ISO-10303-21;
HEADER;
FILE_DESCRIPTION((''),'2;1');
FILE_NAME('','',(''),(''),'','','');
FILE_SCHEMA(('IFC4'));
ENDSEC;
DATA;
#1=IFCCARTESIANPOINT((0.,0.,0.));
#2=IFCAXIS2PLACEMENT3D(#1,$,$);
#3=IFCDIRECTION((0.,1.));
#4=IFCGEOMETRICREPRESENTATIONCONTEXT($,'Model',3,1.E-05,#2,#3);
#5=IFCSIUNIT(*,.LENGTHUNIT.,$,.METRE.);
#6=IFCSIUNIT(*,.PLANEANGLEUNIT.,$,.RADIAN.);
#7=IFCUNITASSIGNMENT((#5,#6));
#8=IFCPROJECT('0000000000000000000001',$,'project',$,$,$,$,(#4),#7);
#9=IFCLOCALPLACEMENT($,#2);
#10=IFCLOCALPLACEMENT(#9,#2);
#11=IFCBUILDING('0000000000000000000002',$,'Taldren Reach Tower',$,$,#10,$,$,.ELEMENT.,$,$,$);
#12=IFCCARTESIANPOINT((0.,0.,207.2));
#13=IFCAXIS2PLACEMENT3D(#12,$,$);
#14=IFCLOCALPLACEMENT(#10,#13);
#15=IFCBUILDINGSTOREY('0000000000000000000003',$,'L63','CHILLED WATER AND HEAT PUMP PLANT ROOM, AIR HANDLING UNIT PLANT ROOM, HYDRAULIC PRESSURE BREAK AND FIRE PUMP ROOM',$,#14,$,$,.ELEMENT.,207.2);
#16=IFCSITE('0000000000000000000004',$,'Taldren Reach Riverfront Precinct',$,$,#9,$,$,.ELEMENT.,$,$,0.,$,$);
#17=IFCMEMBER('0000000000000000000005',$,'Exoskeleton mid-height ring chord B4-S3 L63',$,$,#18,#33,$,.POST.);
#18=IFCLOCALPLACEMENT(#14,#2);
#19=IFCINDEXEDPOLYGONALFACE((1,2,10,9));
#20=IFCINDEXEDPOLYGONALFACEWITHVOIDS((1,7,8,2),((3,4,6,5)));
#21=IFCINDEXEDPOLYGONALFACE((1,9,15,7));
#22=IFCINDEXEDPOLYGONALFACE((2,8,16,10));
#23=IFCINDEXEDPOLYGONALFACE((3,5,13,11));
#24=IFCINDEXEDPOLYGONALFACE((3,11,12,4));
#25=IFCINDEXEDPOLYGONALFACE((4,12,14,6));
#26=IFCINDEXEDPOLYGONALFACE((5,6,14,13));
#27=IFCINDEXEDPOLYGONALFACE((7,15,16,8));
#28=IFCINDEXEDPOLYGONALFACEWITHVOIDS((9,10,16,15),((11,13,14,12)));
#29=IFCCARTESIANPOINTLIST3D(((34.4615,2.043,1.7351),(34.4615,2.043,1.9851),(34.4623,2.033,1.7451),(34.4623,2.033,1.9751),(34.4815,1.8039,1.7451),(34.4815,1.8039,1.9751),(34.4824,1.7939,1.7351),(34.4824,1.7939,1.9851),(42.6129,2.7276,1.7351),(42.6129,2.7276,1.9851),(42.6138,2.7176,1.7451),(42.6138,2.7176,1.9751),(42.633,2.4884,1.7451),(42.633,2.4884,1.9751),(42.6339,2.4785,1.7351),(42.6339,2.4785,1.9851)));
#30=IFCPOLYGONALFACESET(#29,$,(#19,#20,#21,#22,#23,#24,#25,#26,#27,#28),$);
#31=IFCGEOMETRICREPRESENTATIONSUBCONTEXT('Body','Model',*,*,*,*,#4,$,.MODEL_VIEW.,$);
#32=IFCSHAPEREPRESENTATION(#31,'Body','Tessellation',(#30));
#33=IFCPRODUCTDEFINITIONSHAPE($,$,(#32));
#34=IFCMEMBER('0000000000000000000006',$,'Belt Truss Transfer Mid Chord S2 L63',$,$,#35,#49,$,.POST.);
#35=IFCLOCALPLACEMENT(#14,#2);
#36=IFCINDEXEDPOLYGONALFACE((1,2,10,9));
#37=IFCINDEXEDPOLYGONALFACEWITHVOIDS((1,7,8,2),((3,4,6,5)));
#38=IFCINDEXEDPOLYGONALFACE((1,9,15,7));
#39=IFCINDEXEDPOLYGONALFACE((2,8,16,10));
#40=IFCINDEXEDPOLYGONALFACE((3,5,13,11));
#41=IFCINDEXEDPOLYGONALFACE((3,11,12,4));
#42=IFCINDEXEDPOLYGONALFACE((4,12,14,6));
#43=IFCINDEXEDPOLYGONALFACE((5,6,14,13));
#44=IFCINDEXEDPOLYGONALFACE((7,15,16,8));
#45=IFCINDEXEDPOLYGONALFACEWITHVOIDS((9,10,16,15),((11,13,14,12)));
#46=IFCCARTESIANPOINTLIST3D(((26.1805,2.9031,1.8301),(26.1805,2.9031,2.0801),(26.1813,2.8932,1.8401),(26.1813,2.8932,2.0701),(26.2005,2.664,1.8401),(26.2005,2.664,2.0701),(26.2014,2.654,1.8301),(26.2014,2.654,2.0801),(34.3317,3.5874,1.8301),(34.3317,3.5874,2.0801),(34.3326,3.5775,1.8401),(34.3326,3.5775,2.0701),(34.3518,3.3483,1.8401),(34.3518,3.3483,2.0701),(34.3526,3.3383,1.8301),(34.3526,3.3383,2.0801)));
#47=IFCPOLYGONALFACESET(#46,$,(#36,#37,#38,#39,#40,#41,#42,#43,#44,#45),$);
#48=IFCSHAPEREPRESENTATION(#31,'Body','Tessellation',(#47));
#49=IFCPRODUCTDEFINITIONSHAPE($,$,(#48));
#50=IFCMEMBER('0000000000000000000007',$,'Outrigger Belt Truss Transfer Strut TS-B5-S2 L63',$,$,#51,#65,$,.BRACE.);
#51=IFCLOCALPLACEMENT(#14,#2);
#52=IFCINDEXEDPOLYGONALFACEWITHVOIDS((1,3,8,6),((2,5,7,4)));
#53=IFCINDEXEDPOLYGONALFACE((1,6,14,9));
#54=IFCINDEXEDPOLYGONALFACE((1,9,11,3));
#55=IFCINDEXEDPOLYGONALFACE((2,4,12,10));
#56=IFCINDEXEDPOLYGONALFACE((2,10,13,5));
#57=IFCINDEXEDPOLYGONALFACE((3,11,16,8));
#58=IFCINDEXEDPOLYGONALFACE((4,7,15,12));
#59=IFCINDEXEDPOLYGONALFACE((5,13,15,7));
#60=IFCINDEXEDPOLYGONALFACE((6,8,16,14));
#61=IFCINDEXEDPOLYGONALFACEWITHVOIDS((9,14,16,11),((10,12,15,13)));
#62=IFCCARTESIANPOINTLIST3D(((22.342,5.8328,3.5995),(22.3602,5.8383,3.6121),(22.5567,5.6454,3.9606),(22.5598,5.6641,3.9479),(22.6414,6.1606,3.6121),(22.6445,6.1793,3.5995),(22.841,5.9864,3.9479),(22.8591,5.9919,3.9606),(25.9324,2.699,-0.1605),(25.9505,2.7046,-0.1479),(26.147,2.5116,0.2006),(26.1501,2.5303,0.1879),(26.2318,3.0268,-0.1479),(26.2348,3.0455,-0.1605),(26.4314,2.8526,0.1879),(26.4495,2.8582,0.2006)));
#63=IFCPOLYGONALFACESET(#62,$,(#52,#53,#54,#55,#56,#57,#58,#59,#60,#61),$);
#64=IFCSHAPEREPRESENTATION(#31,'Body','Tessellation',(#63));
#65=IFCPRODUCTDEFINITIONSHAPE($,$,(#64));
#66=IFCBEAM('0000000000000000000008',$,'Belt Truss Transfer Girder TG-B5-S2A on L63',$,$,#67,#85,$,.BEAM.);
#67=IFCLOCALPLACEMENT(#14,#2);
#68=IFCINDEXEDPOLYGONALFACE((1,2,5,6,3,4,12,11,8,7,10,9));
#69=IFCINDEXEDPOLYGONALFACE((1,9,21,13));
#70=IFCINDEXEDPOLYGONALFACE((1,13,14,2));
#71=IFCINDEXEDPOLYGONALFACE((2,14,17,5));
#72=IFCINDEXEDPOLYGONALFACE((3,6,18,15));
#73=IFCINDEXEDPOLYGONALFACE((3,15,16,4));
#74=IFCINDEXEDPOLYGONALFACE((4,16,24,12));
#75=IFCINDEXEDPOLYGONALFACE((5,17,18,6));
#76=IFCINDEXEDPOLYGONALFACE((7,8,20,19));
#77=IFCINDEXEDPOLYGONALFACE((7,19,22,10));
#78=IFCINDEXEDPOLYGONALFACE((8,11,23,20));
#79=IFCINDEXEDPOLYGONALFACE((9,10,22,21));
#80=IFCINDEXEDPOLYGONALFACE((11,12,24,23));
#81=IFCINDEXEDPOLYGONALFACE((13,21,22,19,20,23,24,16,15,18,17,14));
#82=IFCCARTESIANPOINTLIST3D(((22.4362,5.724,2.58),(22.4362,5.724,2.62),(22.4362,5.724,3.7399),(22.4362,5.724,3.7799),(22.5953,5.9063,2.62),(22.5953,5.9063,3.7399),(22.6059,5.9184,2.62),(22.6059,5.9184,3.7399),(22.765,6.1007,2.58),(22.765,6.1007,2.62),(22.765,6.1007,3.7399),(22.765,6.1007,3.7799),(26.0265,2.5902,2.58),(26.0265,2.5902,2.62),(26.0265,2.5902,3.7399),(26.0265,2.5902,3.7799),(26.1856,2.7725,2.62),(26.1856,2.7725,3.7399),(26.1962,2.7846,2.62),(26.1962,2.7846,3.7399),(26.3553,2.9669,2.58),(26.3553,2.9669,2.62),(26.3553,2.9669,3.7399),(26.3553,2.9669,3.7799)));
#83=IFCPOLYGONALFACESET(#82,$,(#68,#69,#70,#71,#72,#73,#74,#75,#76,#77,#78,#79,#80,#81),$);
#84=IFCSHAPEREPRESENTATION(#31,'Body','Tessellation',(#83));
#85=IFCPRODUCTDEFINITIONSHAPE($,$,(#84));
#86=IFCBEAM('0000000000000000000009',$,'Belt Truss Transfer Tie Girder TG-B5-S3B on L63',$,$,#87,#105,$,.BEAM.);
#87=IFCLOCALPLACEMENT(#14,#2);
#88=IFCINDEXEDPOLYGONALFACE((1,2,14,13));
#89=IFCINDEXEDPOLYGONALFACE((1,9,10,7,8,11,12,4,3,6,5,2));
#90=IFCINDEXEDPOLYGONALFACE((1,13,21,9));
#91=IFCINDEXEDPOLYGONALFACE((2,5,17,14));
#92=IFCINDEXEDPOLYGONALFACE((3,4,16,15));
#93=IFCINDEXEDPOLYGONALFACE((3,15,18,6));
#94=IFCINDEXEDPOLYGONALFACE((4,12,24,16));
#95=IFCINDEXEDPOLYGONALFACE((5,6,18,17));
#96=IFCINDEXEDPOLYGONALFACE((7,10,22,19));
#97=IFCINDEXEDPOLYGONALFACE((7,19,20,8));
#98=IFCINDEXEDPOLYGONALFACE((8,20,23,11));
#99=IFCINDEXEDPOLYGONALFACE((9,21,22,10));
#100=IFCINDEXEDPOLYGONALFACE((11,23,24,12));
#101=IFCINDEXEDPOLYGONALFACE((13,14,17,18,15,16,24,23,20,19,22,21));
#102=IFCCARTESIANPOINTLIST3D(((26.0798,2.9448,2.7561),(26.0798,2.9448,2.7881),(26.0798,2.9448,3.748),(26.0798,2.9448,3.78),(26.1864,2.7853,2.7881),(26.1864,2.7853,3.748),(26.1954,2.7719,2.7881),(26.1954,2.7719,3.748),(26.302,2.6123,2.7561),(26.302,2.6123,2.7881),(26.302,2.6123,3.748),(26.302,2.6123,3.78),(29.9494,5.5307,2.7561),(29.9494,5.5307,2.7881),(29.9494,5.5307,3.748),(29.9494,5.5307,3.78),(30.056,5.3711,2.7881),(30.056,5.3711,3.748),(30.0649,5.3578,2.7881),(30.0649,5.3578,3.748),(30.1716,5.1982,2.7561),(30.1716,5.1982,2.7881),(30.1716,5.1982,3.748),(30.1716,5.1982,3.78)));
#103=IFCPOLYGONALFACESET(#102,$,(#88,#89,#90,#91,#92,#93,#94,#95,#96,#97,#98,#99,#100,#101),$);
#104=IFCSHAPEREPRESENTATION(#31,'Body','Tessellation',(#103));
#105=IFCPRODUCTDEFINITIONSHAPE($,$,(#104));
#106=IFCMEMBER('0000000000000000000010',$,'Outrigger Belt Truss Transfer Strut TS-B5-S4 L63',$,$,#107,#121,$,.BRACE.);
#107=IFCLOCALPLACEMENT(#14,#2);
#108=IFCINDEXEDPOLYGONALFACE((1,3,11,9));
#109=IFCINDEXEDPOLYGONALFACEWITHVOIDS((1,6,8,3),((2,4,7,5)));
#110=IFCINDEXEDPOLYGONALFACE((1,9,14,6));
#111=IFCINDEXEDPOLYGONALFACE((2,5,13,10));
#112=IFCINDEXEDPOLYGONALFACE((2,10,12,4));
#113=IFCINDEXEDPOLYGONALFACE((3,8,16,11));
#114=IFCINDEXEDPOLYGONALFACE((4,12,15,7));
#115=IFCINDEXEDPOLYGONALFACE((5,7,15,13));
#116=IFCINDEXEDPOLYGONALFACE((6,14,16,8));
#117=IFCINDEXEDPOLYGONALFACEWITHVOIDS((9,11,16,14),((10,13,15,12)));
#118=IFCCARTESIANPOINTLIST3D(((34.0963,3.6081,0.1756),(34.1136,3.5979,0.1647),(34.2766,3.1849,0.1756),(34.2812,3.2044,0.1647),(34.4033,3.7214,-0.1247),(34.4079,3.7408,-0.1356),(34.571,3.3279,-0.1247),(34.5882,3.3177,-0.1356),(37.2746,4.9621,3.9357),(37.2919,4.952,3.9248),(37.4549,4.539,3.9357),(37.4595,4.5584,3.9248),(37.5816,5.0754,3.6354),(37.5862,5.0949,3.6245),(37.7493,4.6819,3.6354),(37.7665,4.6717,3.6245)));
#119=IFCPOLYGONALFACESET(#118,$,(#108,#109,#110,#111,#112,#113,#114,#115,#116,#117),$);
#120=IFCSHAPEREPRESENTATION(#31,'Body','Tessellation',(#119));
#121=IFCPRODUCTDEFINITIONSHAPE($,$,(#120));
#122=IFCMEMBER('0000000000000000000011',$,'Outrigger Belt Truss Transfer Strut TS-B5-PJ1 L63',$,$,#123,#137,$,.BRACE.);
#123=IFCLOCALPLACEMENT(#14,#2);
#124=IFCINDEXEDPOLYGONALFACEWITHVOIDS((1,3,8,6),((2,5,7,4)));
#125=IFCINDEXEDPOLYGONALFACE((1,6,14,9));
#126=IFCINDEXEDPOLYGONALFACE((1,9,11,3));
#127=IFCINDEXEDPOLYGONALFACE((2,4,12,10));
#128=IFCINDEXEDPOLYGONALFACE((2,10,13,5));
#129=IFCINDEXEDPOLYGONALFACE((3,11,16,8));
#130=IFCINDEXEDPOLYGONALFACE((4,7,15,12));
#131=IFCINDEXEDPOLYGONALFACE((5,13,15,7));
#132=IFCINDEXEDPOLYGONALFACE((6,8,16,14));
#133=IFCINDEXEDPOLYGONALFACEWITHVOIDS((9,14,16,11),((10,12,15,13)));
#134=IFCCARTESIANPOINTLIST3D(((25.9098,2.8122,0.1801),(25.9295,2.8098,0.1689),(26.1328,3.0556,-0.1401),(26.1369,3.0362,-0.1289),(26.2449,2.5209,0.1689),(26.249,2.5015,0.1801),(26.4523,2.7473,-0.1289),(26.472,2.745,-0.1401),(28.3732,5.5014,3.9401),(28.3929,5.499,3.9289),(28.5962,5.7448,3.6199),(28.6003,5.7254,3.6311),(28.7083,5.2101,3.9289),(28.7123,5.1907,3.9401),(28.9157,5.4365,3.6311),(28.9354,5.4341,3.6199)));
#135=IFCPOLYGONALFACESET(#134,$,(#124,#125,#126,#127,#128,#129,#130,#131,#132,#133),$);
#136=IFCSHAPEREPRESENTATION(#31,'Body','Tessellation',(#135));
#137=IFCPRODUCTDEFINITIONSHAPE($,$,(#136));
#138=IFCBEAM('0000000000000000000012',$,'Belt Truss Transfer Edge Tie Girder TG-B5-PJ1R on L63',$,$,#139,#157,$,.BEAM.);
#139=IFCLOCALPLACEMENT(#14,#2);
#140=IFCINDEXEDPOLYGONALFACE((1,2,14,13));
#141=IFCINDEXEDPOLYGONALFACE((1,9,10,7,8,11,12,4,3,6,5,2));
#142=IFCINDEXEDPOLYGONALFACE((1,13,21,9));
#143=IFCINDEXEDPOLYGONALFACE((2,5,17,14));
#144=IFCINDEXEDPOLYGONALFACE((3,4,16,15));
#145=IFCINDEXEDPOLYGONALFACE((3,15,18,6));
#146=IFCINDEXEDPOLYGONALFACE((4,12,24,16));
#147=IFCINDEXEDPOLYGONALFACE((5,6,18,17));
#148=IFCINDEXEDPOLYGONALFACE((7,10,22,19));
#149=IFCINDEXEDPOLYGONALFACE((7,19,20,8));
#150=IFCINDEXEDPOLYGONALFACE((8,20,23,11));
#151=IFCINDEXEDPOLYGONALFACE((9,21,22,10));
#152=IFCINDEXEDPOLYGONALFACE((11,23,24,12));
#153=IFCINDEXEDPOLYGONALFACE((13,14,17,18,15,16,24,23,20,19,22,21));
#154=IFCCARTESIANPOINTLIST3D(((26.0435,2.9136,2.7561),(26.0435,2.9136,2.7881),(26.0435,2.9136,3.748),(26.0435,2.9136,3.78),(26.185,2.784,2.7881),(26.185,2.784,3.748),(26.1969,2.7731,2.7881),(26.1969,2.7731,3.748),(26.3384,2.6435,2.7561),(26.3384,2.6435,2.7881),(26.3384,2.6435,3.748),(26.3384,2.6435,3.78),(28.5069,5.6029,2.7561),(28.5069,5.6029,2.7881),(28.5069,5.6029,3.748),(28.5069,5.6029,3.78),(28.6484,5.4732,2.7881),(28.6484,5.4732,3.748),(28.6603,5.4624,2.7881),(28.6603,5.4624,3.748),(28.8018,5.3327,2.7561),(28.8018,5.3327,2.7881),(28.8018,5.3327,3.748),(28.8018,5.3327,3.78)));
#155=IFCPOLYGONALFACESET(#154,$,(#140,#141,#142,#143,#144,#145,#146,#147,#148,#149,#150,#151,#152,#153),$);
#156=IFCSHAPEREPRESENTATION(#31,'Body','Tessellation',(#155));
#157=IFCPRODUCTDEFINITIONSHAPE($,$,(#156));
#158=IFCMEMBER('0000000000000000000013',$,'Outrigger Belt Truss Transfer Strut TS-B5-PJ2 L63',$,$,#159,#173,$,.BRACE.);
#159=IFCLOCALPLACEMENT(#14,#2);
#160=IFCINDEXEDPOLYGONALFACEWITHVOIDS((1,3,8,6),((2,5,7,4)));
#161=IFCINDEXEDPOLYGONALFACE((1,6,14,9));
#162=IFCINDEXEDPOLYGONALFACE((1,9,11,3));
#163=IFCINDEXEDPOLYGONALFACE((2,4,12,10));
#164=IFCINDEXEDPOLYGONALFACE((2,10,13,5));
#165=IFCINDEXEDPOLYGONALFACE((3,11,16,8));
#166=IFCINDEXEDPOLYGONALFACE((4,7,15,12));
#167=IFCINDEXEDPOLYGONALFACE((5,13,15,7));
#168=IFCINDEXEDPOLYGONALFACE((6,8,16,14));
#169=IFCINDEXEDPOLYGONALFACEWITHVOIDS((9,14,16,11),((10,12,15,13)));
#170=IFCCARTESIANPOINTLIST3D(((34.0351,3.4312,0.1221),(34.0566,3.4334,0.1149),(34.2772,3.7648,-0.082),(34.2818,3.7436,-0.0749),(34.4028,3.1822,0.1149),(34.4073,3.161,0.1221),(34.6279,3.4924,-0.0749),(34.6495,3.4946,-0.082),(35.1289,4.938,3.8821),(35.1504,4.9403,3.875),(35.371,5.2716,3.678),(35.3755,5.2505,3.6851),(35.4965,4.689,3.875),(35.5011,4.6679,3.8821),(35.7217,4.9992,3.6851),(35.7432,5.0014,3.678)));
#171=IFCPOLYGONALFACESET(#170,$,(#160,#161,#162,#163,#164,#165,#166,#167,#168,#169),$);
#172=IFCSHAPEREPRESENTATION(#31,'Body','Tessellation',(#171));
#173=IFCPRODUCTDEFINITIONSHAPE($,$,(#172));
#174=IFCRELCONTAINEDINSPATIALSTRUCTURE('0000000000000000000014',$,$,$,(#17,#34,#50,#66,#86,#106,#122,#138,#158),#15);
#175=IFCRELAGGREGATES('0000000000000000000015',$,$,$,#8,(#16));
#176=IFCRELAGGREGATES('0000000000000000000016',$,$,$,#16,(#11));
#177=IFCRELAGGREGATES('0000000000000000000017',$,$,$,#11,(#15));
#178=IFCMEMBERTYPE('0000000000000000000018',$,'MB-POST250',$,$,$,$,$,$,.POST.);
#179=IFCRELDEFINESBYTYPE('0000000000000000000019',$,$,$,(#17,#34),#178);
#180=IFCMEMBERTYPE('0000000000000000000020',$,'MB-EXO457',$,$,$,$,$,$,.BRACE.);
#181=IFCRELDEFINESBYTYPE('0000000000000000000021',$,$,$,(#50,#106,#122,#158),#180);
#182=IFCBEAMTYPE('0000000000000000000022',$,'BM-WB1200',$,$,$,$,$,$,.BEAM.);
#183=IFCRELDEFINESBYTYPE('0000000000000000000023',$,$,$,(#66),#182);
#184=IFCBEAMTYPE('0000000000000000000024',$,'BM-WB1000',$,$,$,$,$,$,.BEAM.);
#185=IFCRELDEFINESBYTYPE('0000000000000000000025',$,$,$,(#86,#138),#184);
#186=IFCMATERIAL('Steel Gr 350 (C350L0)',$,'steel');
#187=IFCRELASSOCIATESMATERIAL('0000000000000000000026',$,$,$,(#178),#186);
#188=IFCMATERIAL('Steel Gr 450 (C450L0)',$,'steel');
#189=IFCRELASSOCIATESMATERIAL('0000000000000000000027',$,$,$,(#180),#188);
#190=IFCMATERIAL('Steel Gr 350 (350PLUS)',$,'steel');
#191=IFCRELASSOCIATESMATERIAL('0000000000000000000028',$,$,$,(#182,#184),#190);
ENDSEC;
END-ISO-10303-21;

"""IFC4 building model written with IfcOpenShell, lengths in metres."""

from ifc_helpers import new_model, si_unit, direction, frame, origin, origin_2d, place, context, subcontext, project, spatial, hollow_rectangle, i_section, extrude, source, transform, mapped, material, material_profile, profile_set, type_object, element, save


model = new_model("IFC4")

# Units and contexts
model_context = context("Model", 3, precision=1e-05, world=origin(), true_north=direction((0.0, 1.0)))
body_context = subcontext(model_context, "Body", "Model", "MODEL_VIEW")
ifc_project = project(units=[si_unit("LENGTHUNIT", "METRE"), si_unit("PLANEANGLEUNIT", "RADIAN")], contexts=[model_context])

# Site, building, storey
site_placement = place(None, origin())
site = spatial("IfcSite", under=ifc_project, at=site_placement, Name="Taldren Reach Riverfront Precinct", CompositionType="ELEMENT", RefElevation=0.0)
building_placement = place(site_placement, origin())
building = spatial("IfcBuilding", under=site, at=building_placement, Name="Taldren Reach Tower", CompositionType="ELEMENT")
storey_placement = place(building_placement, frame((0.0, 0.0, 207.2)))
storey = spatial("IfcBuildingStorey", under=building, at=storey_placement, Name="L63", Description="CHILLED WATER AND HEAT PUMP PLANT ROOM, AIR HANDLING UNIT PLANT ROOM, HYDRAULIC PRESSURE BREAK AND FIRE PUMP ROOM", CompositionType="ELEMENT", Elevation=207.2)

# Shared definitions
ifc_material_1 = material(Name="Steel Gr 350 (350PLUS)", Category="steel")

# Shared definitions
ifc_material_2 = material(Name="Steel Gr 350 (C350L0)", Category="steel")
ifc_material_profile_1 = material_profile(ifc_material_2, hollow_rectangle(XDim=0.25, YDim=0.25, WallThickness=0.01, at=origin_2d()), Name="250x250x10.0SHS")
ifc_profile_set_1 = profile_set([ifc_material_profile_1], Name="Steel Gr 350 (C350L0)")
member_type_1 = type_object("IfcMemberType", Name="MB-POST250", PredefinedType="POST", material=ifc_profile_set_1)

# Members
ifc_material_3 = material(Name="Steel Gr 450 (C450L0)", Category="steel")
shared_shape_1 = source(origin(), body_context, "Body", "SweptSolid", [
    extrude(hollow_rectangle(XDim=0.25, YDim=0.25, WallThickness=0.01, at=origin_2d()), origin(), (0.0, 0.0, 1.0), 8.1802),
])
for number, where, z_axis, x_axis, name in (
    (1, (34.4719, 1.9185, 1.8601), (0.996492, 0.083688, 0.0), (-0.083688, 0.996492, 0.0), "Exoskeleton mid-height ring chord B4-S3 L63"),
):
    element("IfcMember", number, at=place(storey_placement, frame(where, z_axis=z_axis, x_axis=x_axis)), inside=storey, type_object=member_type_1, Name=name, PredefinedType="POST", context=body_context, shape_type="MappedRepresentation", body=[
        mapped(shared_shape_1, transform((0.0, 0.0, 0.0), scale=1.0)),
    ])
shared_shape_2 = source(origin(), body_context, "Body", "SweptSolid", [
    extrude(hollow_rectangle(XDim=0.25, YDim=0.25, WallThickness=0.01, at=origin_2d()), origin(), (0.0, 0.0, 1.0), 8.1799),
])
member_1_placement = place(storey_placement, frame((26.1909, 2.7786, 1.9551), z_axis=(0.996495, 0.083658, 0.0), x_axis=(-0.083658, 0.996495, 0.0)))
element("IfcMember", 2, at=member_1_placement, inside=storey, type_object=member_type_1, Name="Belt Truss Transfer Mid Chord S2 L63", PredefinedType="POST", context=body_context, shape_type="MappedRepresentation", body=[
    mapped(shared_shape_2, transform((0.0, 0.0, 0.0), scale=1.0)),
])
ifc_material_profile_2 = material_profile(ifc_material_3, hollow_rectangle(XDim=0.46, YDim=0.46, WallThickness=0.0161, at=origin_2d()), Name="460x460x16.0SHS")
ifc_profile_set_2 = profile_set([ifc_material_profile_2], Name="Steel Gr 450 (C450L0)")
member_type_2 = type_object("IfcMemberType", Name="MB-EXO457", PredefinedType="BRACE", material=ifc_profile_set_2)
shared_shape_3 = source(origin(), body_context, "Body", "SweptSolid", [
    extrude(hollow_rectangle(XDim=0.46, YDim=0.46, WallThickness=0.0161, at=origin_2d()), origin(), (0.0, 0.0, 1.0), 6.0703),
])
member_2_placement = place(storey_placement, frame((26.1909, 2.7786, 0.02), z_axis=(-0.591457, 0.516248, 0.619409), x_axis=(-0.657583, -0.753382, 0.0)))
element("IfcMember", 3, at=member_2_placement, inside=storey, type_object=member_type_2, Name="Outrigger Belt Truss Transfer Strut TS-B5-S2 L63", PredefinedType="BRACE", context=body_context, shape_type="MappedRepresentation", body=[
    mapped(shared_shape_3, transform((0.0, 0.0, 0.0), scale=1.0)),
])

# Beams
ifc_material_profile_3 = material_profile(ifc_material_1, i_section(OverallWidth=0.5, OverallDepth=1.2, WebThickness=0.0161, FlangeThickness=0.04, at=origin_2d()), Name="1200WB455")
ifc_profile_set_3 = profile_set([ifc_material_profile_3], Name="Steel Gr 350 (350PLUS)")
beam_type_1 = type_object("IfcBeamType", Name="BM-WB1200", PredefinedType="BEAM", material=ifc_profile_set_3)
shared_shape_4 = source(origin(), body_context, "Body", "SweptSolid", [
    extrude(i_section(OverallWidth=0.5, OverallDepth=1.2, WebThickness=0.0161, FlangeThickness=0.04, at=origin_2d()), origin(), (0.0, 0.0, 1.0), 4.7656),
])
beam_1_placement = place(storey_placement, frame((26.1909, 2.7786, 3.1799), z_axis=(-0.753382, 0.657583, 0.0), x_axis=(-0.657583, -0.753382, 0.0)))
element("IfcBeam", 4, at=beam_1_placement, inside=storey, type_object=beam_type_1, Name="Belt Truss Transfer Girder TG-B5-S2A on L63", PredefinedType="BEAM", context=body_context, shape_type="MappedRepresentation", body=[
    mapped(shared_shape_4, transform((0.0, 0.0, 0.0), scale=1.0)),
])
ifc_material_profile_4 = material_profile(ifc_material_1, i_section(OverallWidth=0.3999, OverallDepth=1.0239, WebThickness=0.0161, FlangeThickness=0.032, at=origin_2d()), Name="1000WB322")
ifc_profile_set_4 = profile_set([ifc_material_profile_4], Name="Steel Gr 350 (350PLUS)")
beam_type_2 = type_object("IfcBeamType", Name="BM-WB1000", PredefinedType="BEAM", material=ifc_profile_set_4)
shared_shape_5 = source(origin(), body_context, "Body", "SweptSolid", [
    extrude(i_section(OverallWidth=0.3999, OverallDepth=1.0239, WebThickness=0.0161, FlangeThickness=0.032, at=origin_2d()), origin(), (0.0, 0.0, 1.0), 4.6541),
])
beam_2_placement = place(storey_placement, frame((26.1909, 2.7786, 3.2681), z_axis=(0.831436, 0.55562, 0.0), x_axis=(-0.55562, 0.831436, 0.0)))
element("IfcBeam", 5, at=beam_2_placement, inside=storey, type_object=beam_type_2, Name="Belt Truss Transfer Tie Girder TG-B5-S3B on L63", PredefinedType="BEAM", context=body_context, shape_type="MappedRepresentation", body=[
    mapped(shared_shape_5, transform((0.0, 0.0, 0.0), scale=1.0)),
])

# Members
shared_shape_6 = source(origin(), body_context, "Body", "SweptSolid", [
    extrude(hollow_rectangle(XDim=0.46, YDim=0.46, WallThickness=0.0161, at=origin_2d()), origin(), (0.0, 0.0, 1.0), 5.1062),
])
member_3_placement = place(storey_placement, frame((34.3423, 3.4629, 0.02), z_axis=(0.622438, 0.265175, 0.736378), x_axis=(-0.39194, 0.919991, 0.0)))
element("IfcMember", 6, at=member_3_placement, inside=storey, type_object=member_type_2, Name="Outrigger Belt Truss Transfer Strut TS-B5-S4 L63", PredefinedType="BRACE", context=body_context, shape_type="MappedRepresentation", body=[
    mapped(shared_shape_6, transform((0.0, 0.0, 0.0), scale=1.0)),
])
shared_shape_7 = source(origin(), body_context, "Body", "SweptSolid", [
    extrude(hollow_rectangle(XDim=0.46, YDim=0.46, WallThickness=0.0161, at=origin_2d()), origin(), (0.0, 0.0, 1.0), 5.238),
])
member_4_placement = place(storey_placement, frame((26.1909, 2.7786, 0.02), z_axis=(0.47028, 0.513393, 0.717819), x_axis=(-0.73739, 0.675467, 0.0)))
element("IfcMember", 7, at=member_4_placement, inside=storey, type_object=member_type_2, Name="Outrigger Belt Truss Transfer Strut TS-B5-PJ1 L63", PredefinedType="BRACE", context=body_context, shape_type="MappedRepresentation", body=[
    mapped(shared_shape_7, transform((0.0, 0.0, 0.0), scale=1.0)),
])

# Beam
shared_shape_8 = source(origin(), body_context, "Body", "SweptSolid", [
    extrude(i_section(OverallWidth=0.3999, OverallDepth=1.0239, WebThickness=0.0161, FlangeThickness=0.032, at=origin_2d()), origin(), (0.0, 0.0, 1.0), 3.647),
])
beam_3_placement = place(storey_placement, frame((26.1909, 2.7786, 3.2681), z_axis=(0.675467, 0.73739, 0.0), x_axis=(-0.73739, 0.675467, 0.0)))
element("IfcBeam", 8, at=beam_3_placement, inside=storey, type_object=beam_type_2, Name="Belt Truss Transfer Edge Tie Girder TG-B5-PJ1R on L63", PredefinedType="BEAM", context=body_context, shape_type="MappedRepresentation", body=[
    mapped(shared_shape_8, transform((0.0, 0.0, 0.0), scale=1.0)),
])

# Member
shared_shape_9 = source(origin(), body_context, "Body", "SweptSolid", [
    extrude(hollow_rectangle(XDim=0.46, YDim=0.46, WallThickness=0.0161, at=origin_2d()), origin(), (0.0, 0.0, 1.0), 4.1958),
])
member_5_placement = place(storey_placement, frame((34.3423, 3.4629, 0.02), z_axis=(0.260679, 0.359132, 0.896142), x_axis=(-0.80928, 0.587423, 0.0)))
element("IfcMember", 9, at=member_5_placement, inside=storey, type_object=member_type_2, Name="Outrigger Belt Truss Transfer Strut TS-B5-PJ2 L63", PredefinedType="BRACE", context=body_context, shape_type="MappedRepresentation", body=[
    mapped(shared_shape_9, transform((0.0, 0.0, 0.0), scale=1.0)),
])

save(model, "model.ifc")
